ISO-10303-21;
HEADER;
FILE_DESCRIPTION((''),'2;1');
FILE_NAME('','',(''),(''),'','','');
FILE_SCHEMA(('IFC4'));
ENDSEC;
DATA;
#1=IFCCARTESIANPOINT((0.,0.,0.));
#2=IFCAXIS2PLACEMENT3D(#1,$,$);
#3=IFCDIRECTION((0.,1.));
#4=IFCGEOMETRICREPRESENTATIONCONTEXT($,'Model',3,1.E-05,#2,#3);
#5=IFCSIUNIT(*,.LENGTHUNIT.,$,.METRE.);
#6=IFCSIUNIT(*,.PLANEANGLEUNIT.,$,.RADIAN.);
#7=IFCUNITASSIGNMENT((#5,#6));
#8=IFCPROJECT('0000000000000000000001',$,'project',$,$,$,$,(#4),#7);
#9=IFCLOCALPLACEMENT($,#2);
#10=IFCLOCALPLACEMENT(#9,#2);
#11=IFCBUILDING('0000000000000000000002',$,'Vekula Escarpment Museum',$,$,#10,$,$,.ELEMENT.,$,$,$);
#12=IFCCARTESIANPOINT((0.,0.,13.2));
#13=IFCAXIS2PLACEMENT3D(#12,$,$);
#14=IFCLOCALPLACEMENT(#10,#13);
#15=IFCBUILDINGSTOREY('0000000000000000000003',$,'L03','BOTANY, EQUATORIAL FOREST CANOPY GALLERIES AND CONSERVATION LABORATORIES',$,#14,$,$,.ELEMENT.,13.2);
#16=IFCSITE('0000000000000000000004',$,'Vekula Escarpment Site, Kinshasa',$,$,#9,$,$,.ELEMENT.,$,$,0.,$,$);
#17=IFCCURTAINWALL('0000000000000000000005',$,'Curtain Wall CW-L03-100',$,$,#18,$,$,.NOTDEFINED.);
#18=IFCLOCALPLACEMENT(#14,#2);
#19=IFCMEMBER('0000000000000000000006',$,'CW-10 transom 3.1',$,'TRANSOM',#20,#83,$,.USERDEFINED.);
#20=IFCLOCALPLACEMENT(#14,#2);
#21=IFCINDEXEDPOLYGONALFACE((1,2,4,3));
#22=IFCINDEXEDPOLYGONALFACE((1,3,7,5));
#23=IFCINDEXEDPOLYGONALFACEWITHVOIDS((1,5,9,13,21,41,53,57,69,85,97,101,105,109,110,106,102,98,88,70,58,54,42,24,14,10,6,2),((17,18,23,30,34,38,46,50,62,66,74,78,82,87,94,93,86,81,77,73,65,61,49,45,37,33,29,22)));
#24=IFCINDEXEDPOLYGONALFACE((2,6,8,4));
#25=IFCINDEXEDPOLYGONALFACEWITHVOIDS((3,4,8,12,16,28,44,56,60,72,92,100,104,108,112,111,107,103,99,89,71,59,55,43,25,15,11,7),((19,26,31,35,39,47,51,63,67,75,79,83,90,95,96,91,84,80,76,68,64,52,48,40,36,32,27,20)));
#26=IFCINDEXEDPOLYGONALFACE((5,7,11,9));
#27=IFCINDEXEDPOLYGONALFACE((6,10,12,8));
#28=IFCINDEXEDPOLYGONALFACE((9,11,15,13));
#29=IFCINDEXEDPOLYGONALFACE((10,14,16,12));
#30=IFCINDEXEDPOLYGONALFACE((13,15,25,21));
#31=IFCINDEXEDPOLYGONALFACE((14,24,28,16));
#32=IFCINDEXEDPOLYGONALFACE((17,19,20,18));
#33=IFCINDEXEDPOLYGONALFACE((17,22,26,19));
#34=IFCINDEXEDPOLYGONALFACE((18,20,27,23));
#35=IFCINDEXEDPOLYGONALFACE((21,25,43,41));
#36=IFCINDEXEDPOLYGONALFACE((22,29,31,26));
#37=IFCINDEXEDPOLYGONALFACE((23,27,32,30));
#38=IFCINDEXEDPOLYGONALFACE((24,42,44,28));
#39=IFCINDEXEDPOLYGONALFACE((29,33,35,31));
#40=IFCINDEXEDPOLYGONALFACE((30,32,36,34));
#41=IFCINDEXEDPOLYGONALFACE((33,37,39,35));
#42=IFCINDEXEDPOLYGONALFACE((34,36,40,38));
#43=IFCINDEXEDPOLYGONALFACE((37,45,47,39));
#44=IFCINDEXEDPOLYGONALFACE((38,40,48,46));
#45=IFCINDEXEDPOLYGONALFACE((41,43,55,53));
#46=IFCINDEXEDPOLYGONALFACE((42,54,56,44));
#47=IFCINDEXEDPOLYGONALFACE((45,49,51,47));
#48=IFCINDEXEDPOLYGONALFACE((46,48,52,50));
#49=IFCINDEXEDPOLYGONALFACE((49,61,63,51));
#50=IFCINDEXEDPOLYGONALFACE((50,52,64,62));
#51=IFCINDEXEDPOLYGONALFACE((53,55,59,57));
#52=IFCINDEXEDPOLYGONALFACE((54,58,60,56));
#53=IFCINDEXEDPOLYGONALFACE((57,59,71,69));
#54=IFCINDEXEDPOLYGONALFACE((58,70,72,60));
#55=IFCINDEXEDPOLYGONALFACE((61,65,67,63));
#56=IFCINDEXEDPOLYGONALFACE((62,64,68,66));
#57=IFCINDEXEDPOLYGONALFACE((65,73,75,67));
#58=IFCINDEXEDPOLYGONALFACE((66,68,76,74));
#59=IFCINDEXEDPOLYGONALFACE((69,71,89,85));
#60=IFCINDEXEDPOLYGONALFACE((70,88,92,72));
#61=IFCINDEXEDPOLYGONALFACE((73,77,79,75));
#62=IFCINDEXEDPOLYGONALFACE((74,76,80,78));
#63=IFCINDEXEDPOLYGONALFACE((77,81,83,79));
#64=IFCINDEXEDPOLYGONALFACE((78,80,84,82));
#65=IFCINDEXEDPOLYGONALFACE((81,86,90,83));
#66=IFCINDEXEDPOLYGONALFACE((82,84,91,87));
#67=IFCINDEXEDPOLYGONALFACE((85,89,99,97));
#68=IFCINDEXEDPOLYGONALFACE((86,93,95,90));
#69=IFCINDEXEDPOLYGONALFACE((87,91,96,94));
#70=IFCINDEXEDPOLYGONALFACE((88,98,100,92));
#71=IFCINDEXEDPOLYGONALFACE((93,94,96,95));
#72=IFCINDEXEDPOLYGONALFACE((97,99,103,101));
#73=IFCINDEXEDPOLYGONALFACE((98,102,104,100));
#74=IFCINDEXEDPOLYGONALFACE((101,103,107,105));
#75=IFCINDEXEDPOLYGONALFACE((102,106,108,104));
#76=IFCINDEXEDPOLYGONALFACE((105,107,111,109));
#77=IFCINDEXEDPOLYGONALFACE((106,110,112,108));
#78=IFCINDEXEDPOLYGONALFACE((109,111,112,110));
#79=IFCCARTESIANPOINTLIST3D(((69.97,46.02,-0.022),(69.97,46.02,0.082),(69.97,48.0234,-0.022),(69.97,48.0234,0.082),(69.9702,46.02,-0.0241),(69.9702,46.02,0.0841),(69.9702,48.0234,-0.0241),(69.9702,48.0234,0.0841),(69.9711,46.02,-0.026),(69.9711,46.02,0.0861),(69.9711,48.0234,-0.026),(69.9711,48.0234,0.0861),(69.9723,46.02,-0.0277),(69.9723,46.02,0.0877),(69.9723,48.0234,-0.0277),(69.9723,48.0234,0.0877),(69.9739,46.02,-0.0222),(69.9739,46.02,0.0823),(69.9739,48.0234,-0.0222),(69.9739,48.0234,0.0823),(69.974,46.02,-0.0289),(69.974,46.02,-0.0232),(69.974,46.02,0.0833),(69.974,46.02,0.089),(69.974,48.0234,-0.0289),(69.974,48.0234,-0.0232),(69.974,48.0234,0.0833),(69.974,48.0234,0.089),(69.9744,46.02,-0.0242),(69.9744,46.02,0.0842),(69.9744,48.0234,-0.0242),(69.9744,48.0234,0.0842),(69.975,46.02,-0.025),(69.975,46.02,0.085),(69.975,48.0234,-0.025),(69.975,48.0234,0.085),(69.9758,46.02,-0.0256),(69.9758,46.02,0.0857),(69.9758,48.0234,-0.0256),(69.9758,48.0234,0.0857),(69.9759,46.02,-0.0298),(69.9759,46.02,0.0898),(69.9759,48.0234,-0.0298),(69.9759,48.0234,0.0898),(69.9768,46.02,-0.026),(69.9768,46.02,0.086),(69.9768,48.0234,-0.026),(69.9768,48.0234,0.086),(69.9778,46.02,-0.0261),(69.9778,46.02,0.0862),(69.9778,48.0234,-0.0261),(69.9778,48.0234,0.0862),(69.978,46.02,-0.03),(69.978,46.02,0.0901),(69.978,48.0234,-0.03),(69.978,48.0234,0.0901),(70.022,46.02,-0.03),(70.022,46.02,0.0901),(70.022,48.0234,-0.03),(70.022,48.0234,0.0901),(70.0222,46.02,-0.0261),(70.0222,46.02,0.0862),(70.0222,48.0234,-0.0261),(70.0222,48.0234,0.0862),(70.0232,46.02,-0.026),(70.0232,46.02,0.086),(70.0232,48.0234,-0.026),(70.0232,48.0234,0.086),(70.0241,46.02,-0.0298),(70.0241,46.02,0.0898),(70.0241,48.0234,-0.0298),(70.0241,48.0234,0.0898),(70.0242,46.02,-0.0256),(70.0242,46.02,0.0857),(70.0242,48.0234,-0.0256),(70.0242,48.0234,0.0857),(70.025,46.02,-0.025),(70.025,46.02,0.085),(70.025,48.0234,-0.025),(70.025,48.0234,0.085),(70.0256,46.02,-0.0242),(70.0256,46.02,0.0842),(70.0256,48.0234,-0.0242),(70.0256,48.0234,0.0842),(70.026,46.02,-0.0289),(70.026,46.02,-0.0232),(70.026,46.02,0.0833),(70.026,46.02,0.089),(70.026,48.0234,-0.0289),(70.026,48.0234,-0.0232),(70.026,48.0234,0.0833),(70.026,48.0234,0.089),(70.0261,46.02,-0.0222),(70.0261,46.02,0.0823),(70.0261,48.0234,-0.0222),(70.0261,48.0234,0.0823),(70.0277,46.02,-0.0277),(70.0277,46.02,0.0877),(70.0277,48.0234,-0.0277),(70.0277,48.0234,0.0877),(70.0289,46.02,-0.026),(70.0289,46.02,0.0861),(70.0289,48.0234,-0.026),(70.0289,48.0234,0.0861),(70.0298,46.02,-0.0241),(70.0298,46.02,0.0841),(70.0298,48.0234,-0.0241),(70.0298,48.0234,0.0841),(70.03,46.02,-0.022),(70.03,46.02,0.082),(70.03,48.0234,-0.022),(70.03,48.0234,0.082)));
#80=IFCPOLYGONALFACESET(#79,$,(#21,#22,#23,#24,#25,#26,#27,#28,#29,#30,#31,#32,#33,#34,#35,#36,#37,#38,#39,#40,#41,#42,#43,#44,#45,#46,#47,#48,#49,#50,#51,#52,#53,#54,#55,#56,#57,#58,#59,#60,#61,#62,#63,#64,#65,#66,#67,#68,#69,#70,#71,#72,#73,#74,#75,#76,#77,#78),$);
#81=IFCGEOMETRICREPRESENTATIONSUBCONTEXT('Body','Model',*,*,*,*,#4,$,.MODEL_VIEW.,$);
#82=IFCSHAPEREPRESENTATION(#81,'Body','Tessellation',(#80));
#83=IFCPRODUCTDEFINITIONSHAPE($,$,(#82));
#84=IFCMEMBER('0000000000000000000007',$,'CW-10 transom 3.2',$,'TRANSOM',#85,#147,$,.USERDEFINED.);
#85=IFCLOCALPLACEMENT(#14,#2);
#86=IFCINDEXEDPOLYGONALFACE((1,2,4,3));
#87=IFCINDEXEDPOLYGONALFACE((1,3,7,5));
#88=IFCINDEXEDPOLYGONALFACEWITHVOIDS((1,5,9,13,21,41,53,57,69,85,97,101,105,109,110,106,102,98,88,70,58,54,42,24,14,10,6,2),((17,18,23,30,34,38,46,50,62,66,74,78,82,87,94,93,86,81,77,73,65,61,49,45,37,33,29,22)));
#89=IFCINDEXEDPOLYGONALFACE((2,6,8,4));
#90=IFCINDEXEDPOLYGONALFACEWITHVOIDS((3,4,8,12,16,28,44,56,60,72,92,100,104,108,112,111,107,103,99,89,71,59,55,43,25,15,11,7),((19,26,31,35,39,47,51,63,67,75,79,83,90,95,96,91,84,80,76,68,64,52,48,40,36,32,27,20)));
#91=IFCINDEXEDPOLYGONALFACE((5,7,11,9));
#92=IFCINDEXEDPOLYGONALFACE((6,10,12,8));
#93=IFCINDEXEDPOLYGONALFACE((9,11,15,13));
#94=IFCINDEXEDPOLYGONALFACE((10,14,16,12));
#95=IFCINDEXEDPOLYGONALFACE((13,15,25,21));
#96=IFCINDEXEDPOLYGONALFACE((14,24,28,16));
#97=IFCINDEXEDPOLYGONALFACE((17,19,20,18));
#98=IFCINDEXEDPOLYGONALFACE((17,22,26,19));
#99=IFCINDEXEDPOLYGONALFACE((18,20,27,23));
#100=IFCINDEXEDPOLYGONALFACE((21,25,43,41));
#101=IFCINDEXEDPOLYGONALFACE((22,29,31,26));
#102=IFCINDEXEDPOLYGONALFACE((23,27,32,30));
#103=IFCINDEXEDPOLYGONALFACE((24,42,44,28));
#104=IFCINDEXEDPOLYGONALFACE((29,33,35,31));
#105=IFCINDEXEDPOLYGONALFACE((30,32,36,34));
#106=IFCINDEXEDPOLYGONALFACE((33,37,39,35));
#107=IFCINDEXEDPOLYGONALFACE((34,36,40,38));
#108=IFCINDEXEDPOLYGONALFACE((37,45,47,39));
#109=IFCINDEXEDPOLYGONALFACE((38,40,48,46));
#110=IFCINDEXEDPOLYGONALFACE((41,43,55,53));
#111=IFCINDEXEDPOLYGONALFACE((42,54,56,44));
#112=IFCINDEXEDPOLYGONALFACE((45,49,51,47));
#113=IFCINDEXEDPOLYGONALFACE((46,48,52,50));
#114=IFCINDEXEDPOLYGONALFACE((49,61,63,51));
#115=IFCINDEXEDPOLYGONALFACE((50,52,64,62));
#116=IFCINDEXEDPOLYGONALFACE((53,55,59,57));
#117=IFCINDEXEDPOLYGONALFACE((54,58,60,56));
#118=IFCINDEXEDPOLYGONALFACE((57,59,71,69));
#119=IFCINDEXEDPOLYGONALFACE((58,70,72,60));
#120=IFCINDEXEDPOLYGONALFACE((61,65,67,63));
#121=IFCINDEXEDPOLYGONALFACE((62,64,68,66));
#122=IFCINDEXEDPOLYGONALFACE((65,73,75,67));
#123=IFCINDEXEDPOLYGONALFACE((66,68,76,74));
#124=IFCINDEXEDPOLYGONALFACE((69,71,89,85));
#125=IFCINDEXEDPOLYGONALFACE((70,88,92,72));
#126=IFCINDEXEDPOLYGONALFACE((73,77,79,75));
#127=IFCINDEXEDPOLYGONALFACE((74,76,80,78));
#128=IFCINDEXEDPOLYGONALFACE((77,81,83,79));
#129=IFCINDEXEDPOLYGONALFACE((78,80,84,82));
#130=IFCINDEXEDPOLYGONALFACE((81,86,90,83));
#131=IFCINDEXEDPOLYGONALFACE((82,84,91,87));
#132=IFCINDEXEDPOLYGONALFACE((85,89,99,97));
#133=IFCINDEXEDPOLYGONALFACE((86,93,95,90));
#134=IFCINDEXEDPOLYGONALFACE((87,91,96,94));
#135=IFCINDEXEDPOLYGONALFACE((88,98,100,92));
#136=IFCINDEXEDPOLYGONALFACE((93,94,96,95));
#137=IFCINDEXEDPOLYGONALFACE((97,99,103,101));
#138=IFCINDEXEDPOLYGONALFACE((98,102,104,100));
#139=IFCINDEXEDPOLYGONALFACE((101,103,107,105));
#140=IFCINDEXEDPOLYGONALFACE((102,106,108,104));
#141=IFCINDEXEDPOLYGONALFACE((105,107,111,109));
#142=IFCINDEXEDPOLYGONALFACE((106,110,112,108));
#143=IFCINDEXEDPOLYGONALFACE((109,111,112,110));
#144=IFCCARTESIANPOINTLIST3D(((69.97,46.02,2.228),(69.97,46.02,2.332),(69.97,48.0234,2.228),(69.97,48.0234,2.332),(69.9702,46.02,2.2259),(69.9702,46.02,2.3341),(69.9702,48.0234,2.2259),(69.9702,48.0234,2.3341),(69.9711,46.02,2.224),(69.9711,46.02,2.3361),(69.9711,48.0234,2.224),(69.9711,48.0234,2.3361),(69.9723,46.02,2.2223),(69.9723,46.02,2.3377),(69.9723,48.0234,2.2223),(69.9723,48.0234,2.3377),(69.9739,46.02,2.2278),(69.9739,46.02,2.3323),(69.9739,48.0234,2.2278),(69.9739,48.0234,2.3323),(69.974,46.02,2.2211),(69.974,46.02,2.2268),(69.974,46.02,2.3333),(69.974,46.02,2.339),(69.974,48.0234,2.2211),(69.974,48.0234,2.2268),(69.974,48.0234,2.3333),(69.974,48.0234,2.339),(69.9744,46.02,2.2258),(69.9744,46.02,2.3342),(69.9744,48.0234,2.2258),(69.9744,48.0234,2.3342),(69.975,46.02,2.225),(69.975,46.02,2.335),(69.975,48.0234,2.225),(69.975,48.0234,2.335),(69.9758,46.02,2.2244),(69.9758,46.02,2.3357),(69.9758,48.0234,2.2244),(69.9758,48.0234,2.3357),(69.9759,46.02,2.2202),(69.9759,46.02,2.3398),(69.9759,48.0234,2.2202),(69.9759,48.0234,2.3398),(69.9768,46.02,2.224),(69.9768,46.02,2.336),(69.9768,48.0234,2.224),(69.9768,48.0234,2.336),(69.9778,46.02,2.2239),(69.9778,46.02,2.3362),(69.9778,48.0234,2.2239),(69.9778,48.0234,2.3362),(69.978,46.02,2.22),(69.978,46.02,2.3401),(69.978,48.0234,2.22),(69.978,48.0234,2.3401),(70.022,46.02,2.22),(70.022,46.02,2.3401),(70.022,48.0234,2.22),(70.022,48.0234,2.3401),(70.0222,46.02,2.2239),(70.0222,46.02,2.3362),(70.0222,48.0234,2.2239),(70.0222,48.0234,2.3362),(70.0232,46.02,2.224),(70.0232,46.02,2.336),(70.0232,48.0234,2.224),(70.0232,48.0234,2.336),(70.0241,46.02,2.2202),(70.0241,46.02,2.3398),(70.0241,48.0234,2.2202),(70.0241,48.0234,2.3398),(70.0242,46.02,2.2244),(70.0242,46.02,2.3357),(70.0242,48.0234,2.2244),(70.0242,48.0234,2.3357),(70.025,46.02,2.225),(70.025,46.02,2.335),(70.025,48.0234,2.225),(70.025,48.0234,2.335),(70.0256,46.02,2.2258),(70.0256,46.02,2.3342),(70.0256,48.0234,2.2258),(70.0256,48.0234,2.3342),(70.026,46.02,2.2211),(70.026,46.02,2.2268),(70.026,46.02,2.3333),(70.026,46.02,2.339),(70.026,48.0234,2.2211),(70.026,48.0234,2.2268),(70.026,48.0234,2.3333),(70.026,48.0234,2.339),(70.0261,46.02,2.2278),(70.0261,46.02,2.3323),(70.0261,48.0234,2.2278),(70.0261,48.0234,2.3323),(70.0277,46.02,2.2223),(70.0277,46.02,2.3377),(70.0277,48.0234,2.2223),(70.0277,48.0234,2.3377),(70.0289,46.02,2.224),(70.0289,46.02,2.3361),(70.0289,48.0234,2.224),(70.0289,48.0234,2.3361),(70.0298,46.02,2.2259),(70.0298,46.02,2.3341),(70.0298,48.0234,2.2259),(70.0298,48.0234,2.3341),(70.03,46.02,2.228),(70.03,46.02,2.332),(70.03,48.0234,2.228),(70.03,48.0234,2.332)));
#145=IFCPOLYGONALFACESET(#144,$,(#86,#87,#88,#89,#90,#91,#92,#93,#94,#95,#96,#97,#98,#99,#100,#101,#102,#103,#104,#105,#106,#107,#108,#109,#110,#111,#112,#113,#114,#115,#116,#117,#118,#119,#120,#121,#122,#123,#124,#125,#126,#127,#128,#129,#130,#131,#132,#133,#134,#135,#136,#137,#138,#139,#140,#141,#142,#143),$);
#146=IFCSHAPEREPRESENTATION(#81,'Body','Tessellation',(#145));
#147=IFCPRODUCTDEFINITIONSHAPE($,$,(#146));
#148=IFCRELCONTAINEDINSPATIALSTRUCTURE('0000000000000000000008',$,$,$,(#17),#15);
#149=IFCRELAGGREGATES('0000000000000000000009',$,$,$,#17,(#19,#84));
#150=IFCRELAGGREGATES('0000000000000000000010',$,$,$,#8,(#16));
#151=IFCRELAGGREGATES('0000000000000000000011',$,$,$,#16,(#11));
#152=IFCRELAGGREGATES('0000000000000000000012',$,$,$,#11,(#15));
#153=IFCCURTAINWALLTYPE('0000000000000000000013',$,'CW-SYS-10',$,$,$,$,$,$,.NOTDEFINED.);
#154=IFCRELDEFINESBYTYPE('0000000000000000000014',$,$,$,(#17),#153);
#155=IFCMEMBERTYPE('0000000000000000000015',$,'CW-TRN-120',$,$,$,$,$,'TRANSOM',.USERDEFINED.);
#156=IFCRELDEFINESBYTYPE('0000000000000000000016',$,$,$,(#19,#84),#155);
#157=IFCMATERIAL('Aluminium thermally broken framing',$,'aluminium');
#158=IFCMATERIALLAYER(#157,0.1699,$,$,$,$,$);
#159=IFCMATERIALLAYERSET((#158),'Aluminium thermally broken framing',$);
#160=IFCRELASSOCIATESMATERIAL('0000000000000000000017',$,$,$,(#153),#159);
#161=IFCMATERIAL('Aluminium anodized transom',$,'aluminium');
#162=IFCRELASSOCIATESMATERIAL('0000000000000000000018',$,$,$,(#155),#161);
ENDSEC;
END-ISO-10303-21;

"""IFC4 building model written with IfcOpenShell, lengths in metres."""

from ifc_helpers import new_model, si_unit, direction, frame, origin, origin_2d, place, context, subcontext, project, spatial, hollow_rectangle, extrude, material, layer, layer_set, material_profile, profile_set, type_object, element, aggregate, save


model = new_model("IFC4")

# Units and contexts
model_context = context("Model", 3, precision=1e-05, world=origin(), true_north=direction((0.0, 1.0)))
body_context = subcontext(model_context, "Body", "Model", "MODEL_VIEW")
ifc_project = project(units=[si_unit("LENGTHUNIT", "METRE"), si_unit("PLANEANGLEUNIT", "RADIAN")], contexts=[model_context])

# Site, building, storey
site_placement = place(None, origin())
site = spatial("IfcSite", under=ifc_project, at=site_placement, Name="Vekula Escarpment Site, Kinshasa", CompositionType="ELEMENT", RefElevation=0.0)
building_placement = place(site_placement, origin())
building = spatial("IfcBuilding", under=site, at=building_placement, Name="Vekula Escarpment Museum", CompositionType="ELEMENT")
storey_placement = place(building_placement, frame((0.0, 0.0, 13.2)))
storey = spatial("IfcBuildingStorey", under=building, at=storey_placement, Name="L03", Description="BOTANY, EQUATORIAL FOREST CANOPY GALLERIES AND CONSERVATION LABORATORIES", CompositionType="ELEMENT", Elevation=13.2)

# Curtain wall, members
ifc_material_1 = material(Name="Aluminium thermally broken framing", Category="aluminium")
ifc_layer_1 = layer(ifc_material_1, 0.1699)
ifc_layer_set_1 = layer_set([ifc_layer_1], Name="Aluminium thermally broken framing")
curtain_wall_type = type_object("IfcCurtainWallType", Name="CW-SYS-10", PredefinedType="NOTDEFINED", material=ifc_layer_set_1)
curtain_wall_placement = place(storey_placement, origin())
curtain_wall = element("IfcCurtainWall", 1, at=curtain_wall_placement, inside=storey, type_object=curtain_wall_type, Name="Curtain Wall CW-L03-100", PredefinedType="NOTDEFINED")
ifc_material_2 = material(Name="Aluminium anodized transom", Category="aluminium")
ifc_material_profile_1 = material_profile(ifc_material_2, hollow_rectangle(XDim=0.0601, YDim=0.1201, WallThickness=0.0039, InnerFilletRadius=0.0039, OuterFilletRadius=0.0081, at=origin_2d()), Name="ALU 120x60x4")
ifc_profile_set_1 = profile_set([ifc_material_profile_1], Name="Aluminium anodized transom")
member_type_1 = type_object("IfcMemberType", Name="CW-TRN-120", ElementType="TRANSOM", PredefinedType="USERDEFINED", material=ifc_profile_set_1)
member_1_placement = place(storey_placement, frame((70.0, 48.0234, 0.03), z_axis=(0.0, -1.0, 0.0), x_axis=(1.0, 0.0, 0.0)))
member_1 = element("IfcMember", 2, at=member_1_placement, type_object=member_type_1, Name="CW-10 transom 3.1", ObjectType="TRANSOM", PredefinedType="USERDEFINED", context=body_context, shape_type="SweptSolid", body=[
    extrude(hollow_rectangle(XDim=0.0601, YDim=0.1201, WallThickness=0.0039, InnerFilletRadius=0.0039, OuterFilletRadius=0.0081, at=origin_2d()), origin(), (0.0, 0.0, 1.0), 2.0034),
])
member_2_placement = place(storey_placement, frame((70.0, 48.0234, 2.28), z_axis=(0.0, -1.0, 0.0), x_axis=(1.0, 0.0, 0.0)))
member_2 = element("IfcMember", 3, at=member_2_placement, type_object=member_type_1, Name="CW-10 transom 3.2", ObjectType="TRANSOM", PredefinedType="USERDEFINED", context=body_context, shape_type="SweptSolid", body=[
    extrude(hollow_rectangle(XDim=0.0601, YDim=0.1201, WallThickness=0.0039, InnerFilletRadius=0.0039, OuterFilletRadius=0.0081, at=origin_2d()), origin(), (0.0, 0.0, 1.0), 2.0034),
])

aggregate(curtain_wall, [member_1, member_2])

save(model, "model.ifc")
